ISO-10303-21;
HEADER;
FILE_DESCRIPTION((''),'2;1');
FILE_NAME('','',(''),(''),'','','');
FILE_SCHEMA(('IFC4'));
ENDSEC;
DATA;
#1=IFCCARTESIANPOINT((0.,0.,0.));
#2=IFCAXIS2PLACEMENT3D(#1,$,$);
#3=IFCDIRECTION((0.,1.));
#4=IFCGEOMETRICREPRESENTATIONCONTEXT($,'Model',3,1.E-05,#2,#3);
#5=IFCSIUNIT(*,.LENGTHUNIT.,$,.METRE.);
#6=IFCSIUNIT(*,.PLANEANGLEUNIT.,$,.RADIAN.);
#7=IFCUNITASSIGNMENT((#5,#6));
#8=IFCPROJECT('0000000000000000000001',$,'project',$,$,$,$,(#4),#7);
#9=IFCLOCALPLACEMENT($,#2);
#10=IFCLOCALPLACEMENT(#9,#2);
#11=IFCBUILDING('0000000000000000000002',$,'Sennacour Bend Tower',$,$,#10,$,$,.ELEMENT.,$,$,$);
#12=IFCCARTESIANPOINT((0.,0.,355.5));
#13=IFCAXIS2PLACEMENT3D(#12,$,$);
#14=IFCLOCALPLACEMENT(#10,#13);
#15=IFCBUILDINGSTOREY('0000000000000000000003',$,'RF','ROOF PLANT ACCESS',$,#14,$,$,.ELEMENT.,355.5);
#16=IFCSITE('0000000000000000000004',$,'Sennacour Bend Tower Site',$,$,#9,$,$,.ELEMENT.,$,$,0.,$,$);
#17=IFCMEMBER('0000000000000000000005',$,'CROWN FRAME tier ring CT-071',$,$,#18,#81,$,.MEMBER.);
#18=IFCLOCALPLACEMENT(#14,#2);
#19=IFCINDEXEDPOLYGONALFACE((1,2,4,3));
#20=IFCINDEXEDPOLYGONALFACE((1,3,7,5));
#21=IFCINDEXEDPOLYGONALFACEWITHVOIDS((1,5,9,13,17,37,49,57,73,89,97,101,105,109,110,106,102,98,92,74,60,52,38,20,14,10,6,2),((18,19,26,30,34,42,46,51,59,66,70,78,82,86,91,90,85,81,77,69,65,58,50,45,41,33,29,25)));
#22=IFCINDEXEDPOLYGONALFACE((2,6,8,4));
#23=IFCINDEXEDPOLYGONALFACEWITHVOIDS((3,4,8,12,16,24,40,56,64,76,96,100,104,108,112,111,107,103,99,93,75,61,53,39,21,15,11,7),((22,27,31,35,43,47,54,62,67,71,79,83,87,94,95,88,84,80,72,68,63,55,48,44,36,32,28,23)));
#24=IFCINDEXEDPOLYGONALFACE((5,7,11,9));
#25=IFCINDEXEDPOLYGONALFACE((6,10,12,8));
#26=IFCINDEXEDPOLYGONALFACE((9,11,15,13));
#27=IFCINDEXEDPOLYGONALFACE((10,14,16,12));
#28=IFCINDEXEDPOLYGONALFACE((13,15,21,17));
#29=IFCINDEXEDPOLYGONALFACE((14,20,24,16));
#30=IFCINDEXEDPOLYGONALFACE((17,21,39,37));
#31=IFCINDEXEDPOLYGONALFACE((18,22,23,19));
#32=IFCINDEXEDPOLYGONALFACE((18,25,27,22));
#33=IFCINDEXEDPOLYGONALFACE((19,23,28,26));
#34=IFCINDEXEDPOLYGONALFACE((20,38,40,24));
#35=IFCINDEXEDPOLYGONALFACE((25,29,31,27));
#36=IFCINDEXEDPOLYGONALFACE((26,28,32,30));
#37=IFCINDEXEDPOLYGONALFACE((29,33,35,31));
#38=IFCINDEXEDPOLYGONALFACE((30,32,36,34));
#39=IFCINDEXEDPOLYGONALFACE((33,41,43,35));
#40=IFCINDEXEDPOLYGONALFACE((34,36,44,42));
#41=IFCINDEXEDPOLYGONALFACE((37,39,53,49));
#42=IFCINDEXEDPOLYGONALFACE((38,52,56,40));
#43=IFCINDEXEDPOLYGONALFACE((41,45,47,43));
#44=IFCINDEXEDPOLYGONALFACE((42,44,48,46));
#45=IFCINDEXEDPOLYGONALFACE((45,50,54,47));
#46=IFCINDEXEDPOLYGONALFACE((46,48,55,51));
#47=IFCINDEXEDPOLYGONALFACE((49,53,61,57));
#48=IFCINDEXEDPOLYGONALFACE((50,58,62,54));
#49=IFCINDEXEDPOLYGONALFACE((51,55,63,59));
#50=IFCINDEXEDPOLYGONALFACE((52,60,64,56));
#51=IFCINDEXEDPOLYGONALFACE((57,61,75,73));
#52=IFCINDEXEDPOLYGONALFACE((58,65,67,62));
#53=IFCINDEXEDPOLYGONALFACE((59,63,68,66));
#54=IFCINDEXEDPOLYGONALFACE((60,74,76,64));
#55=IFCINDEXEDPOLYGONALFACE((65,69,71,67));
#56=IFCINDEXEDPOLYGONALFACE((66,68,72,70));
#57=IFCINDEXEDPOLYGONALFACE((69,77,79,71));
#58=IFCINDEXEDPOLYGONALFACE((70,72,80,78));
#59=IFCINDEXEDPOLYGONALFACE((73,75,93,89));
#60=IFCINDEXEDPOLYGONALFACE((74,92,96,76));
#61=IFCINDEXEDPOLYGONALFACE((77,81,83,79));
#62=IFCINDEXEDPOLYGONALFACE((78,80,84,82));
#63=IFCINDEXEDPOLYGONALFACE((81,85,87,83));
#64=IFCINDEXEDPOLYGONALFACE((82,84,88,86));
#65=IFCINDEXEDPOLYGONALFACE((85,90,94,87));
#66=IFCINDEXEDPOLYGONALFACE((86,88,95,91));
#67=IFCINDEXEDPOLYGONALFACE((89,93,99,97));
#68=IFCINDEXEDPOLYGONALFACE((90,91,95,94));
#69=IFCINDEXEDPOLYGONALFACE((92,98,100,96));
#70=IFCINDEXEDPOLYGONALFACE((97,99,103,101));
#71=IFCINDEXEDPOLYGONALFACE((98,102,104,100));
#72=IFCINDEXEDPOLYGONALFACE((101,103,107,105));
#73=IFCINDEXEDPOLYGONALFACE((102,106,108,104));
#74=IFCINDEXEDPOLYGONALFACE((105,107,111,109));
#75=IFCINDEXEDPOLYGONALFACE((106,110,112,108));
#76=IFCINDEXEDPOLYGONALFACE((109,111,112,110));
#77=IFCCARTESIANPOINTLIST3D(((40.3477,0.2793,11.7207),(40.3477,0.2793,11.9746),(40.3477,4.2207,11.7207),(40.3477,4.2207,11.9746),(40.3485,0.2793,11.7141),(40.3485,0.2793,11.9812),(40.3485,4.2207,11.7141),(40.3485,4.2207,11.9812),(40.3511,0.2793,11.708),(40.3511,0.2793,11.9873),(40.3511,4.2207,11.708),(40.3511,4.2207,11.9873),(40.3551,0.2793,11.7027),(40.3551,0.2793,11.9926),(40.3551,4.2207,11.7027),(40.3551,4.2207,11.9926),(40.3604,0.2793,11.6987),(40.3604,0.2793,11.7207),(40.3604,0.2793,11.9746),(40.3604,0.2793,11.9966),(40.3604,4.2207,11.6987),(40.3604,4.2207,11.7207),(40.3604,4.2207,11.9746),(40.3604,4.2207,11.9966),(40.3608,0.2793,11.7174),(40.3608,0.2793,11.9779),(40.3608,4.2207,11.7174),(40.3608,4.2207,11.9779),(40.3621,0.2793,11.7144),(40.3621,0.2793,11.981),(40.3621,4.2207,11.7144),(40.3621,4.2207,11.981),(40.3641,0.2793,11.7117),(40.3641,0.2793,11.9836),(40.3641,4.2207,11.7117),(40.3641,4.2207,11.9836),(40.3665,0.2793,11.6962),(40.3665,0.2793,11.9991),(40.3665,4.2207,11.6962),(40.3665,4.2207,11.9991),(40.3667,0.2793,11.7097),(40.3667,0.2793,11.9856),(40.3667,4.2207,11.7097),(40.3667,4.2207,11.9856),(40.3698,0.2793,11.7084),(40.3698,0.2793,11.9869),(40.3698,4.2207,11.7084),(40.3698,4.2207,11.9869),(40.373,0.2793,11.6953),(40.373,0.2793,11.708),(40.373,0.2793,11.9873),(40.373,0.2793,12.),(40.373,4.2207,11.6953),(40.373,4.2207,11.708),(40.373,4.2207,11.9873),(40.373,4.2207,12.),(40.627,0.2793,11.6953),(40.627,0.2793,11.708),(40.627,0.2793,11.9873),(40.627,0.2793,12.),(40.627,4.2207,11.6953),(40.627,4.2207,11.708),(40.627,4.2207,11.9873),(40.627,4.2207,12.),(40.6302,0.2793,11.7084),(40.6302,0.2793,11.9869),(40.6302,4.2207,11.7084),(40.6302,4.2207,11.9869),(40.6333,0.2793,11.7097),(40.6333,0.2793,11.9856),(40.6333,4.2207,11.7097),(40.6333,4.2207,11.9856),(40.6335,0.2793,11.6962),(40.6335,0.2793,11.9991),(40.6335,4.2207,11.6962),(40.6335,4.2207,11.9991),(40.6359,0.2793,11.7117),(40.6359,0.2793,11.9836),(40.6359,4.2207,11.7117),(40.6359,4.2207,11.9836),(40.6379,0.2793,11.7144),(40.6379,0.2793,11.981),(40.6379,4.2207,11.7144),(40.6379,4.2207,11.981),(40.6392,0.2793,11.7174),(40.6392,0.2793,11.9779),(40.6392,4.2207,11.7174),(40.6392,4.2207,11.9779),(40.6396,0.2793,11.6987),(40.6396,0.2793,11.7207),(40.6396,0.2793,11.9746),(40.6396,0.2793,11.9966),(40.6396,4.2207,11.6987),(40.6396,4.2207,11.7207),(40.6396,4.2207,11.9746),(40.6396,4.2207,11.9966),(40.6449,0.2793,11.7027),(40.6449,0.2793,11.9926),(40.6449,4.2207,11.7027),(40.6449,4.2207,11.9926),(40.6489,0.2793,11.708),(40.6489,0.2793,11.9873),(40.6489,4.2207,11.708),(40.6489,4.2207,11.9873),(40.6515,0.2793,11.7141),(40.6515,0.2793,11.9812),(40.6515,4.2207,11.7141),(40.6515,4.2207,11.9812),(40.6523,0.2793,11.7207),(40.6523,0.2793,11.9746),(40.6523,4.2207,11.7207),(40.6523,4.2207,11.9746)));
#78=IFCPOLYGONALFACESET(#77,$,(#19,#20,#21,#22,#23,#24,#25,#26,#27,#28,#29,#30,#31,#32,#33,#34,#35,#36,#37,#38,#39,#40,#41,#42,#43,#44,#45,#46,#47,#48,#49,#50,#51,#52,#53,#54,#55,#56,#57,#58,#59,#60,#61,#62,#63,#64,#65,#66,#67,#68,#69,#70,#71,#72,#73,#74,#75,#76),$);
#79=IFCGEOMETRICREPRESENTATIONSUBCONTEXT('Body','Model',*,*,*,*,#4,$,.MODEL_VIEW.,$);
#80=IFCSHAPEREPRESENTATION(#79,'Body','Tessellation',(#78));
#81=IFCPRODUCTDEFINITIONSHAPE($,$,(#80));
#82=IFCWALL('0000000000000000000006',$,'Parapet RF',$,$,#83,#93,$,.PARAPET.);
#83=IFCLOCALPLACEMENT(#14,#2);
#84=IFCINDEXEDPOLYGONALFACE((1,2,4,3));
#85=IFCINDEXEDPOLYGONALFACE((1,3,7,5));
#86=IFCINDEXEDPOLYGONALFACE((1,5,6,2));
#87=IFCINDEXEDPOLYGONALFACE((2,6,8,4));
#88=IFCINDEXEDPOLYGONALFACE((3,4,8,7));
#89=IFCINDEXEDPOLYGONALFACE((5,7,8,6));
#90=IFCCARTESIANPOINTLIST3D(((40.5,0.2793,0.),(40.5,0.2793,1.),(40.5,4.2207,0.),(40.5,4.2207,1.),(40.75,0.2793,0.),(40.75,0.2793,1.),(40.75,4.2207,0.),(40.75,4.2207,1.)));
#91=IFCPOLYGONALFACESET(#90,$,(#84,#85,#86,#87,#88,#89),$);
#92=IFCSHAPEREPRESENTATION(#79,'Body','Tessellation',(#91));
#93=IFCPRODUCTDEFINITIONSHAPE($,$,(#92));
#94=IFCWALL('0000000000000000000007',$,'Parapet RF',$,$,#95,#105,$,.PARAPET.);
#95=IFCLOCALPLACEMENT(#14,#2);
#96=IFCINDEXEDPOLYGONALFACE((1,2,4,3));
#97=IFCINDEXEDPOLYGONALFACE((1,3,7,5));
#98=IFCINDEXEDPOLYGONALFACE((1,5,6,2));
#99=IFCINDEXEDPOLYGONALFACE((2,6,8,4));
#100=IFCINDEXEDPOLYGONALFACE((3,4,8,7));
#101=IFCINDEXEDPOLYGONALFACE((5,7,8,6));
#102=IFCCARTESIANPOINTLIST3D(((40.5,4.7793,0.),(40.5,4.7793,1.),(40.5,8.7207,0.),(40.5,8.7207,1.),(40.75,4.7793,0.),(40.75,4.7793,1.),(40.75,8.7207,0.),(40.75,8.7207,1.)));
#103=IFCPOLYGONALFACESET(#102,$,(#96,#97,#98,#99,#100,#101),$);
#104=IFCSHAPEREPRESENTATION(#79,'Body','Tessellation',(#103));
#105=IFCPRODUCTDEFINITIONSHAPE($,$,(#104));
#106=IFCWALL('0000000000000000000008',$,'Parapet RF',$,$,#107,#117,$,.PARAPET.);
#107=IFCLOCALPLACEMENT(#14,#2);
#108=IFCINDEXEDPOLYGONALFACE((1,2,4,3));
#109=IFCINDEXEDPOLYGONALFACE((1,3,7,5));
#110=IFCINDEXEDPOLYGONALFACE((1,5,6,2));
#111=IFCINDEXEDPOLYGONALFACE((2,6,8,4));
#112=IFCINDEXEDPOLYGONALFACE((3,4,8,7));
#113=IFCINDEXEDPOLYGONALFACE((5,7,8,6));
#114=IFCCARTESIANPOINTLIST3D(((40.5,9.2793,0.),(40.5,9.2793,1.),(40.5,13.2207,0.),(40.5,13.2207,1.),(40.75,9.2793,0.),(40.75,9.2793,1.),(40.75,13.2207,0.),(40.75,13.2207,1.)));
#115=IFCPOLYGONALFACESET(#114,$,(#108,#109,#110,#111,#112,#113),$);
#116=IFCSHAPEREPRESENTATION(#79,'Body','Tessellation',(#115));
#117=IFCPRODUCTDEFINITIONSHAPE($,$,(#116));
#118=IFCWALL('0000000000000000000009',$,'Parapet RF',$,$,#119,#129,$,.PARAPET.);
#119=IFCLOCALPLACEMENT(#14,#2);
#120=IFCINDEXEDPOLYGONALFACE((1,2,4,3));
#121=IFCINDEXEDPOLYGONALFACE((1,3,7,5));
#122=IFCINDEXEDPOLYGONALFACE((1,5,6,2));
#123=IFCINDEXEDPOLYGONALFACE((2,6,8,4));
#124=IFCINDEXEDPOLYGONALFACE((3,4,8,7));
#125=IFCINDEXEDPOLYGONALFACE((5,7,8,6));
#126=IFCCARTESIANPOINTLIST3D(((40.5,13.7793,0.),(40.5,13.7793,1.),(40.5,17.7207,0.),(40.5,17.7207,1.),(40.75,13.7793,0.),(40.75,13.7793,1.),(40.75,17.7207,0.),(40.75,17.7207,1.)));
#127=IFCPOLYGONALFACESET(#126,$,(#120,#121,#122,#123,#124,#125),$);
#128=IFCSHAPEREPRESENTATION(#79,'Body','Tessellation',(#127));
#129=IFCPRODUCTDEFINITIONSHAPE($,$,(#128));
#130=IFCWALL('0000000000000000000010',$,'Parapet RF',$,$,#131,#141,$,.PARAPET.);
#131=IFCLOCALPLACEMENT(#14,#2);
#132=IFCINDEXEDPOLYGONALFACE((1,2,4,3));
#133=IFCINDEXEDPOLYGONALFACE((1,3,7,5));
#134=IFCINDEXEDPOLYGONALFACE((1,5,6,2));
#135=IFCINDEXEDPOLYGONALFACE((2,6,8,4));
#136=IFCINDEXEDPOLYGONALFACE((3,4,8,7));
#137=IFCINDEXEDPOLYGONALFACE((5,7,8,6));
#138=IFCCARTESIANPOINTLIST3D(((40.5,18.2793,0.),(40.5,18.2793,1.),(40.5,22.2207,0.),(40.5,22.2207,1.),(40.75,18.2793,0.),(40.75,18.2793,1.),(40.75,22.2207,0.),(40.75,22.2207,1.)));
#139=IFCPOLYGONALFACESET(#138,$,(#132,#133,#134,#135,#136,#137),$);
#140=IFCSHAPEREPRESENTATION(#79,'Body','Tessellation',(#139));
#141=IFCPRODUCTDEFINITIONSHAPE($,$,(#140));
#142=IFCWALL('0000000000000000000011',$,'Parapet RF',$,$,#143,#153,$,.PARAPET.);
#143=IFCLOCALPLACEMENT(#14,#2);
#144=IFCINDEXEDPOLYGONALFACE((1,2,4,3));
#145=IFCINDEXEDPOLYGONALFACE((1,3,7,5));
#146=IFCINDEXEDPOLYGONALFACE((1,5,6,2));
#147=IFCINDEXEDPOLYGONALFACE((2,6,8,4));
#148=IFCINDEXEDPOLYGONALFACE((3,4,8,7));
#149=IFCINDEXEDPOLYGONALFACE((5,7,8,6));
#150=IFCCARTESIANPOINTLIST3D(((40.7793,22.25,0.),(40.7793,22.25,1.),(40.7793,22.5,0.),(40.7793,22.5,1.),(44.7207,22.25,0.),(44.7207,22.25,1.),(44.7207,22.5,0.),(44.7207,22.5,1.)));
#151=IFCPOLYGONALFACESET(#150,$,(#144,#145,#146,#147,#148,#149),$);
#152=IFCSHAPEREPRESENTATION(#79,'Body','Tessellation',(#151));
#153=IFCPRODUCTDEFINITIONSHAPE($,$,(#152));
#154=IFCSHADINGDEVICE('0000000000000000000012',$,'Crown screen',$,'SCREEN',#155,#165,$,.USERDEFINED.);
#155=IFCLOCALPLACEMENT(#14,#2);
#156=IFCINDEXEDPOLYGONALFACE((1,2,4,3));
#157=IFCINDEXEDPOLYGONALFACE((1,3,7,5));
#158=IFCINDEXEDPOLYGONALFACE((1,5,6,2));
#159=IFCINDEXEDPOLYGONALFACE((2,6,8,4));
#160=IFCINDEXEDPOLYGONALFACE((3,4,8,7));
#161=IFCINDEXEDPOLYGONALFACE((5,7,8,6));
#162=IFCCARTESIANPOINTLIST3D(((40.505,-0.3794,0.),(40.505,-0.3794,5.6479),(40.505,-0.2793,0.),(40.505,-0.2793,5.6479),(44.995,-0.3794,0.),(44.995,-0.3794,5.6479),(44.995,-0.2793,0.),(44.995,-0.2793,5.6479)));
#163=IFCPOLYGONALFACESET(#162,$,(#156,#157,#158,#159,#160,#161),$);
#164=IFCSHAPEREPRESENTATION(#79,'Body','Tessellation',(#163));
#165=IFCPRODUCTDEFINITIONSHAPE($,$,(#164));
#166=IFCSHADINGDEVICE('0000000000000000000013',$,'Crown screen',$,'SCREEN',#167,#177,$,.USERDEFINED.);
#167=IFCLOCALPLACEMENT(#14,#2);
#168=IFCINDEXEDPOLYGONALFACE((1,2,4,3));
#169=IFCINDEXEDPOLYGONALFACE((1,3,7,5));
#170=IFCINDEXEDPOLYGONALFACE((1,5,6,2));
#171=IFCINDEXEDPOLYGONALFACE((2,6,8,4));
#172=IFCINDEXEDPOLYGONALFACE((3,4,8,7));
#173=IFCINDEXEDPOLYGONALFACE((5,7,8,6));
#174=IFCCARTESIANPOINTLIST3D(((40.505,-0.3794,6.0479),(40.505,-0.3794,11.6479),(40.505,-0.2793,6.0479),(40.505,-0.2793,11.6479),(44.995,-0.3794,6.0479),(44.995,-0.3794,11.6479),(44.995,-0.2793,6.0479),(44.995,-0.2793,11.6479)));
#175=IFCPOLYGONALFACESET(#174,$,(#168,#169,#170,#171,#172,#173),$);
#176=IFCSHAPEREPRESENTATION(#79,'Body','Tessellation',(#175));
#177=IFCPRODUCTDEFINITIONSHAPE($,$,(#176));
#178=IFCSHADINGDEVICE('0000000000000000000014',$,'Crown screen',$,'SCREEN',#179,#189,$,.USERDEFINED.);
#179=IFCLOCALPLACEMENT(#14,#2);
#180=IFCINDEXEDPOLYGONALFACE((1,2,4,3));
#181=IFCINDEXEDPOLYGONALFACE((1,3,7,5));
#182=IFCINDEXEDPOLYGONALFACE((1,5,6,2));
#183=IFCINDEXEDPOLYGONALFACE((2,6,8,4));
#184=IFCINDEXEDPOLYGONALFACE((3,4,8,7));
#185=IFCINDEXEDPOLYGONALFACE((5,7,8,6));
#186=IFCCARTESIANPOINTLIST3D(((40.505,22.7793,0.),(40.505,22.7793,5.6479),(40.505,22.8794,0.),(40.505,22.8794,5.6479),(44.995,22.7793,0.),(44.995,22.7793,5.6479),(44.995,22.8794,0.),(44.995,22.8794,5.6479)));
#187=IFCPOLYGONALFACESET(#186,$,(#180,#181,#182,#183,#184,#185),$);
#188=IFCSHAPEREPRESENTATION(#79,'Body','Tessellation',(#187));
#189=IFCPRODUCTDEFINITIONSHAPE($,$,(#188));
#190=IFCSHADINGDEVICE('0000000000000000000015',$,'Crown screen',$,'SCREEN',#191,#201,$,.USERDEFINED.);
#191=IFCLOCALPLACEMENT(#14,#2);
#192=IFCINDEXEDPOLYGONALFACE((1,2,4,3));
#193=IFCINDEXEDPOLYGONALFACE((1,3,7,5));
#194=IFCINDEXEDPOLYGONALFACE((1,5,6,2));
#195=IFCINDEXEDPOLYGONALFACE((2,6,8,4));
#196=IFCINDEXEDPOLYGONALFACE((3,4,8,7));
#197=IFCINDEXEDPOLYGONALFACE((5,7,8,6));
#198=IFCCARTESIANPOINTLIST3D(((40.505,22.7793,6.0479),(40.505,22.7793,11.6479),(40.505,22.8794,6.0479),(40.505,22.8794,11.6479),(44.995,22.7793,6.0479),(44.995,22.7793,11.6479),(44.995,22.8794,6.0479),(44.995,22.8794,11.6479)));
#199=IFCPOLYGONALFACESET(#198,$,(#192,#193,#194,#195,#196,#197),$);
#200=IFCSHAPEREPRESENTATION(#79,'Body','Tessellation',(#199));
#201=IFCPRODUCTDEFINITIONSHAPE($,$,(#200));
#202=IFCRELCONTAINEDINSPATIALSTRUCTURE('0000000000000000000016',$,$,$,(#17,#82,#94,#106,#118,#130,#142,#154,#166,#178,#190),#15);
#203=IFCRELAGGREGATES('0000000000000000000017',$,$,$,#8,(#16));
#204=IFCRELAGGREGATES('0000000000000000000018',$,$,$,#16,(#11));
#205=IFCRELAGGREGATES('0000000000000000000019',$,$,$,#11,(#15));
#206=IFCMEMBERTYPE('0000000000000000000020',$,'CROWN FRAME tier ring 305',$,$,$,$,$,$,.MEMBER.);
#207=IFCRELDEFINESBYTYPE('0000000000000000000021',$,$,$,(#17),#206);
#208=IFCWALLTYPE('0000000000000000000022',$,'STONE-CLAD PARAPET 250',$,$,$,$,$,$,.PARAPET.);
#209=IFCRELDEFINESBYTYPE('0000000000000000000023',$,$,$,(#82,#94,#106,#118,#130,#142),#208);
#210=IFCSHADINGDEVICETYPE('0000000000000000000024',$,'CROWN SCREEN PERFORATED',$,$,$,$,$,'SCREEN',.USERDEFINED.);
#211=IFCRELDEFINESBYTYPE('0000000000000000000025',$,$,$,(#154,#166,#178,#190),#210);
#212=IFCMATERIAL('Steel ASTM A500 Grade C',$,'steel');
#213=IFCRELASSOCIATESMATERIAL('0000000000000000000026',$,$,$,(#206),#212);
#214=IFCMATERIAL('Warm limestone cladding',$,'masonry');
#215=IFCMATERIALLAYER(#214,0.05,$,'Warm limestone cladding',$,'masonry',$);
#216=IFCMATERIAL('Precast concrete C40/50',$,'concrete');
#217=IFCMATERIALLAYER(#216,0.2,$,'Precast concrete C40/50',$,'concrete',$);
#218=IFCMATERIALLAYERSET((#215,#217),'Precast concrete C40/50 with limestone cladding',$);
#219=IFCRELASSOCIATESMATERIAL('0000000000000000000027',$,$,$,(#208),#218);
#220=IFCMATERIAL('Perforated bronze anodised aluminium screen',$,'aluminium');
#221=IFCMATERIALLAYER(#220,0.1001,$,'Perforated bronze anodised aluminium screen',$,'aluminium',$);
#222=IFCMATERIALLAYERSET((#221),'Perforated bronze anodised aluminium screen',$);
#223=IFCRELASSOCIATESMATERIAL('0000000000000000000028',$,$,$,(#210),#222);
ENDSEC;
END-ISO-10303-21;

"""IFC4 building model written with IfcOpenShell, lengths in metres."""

from ifc_helpers import new_model, si_unit, direction, frame, frame_2d, origin, origin_2d, place, context, subcontext, project, spatial, rectangle, hollow_rectangle, extrude, material, layer, layer_set, material_profile, profile_set, type_object, element, save


model = new_model("IFC4")

# Units and contexts
model_context = context("Model", 3, precision=1e-05, world=origin(), true_north=direction((0.0, 1.0)))
body_context = subcontext(model_context, "Body", "Model", "MODEL_VIEW")
ifc_project = project(units=[si_unit("LENGTHUNIT", "METRE"), si_unit("PLANEANGLEUNIT", "RADIAN")], contexts=[model_context])

# Site, building, storey
site_placement = place(None, origin())
site = spatial("IfcSite", under=ifc_project, at=site_placement, Name="Sennacour Bend Tower Site", CompositionType="ELEMENT", RefElevation=0.0)
building_placement = place(site_placement, origin())
building = spatial("IfcBuilding", under=site, at=building_placement, Name="Sennacour Bend Tower", CompositionType="ELEMENT")
storey_placement = place(building_placement, frame((0.0, 0.0, 355.5)))
storey = spatial("IfcBuildingStorey", under=building, at=storey_placement, Name="RF", Description="ROOF PLANT ACCESS", CompositionType="ELEMENT", Elevation=355.5)

# Member
ifc_material_1 = material(Name="Steel ASTM A500 Grade C", Category="steel")
ifc_material_profile_1 = material_profile(ifc_material_1, hollow_rectangle(XDim=0.3047, YDim=0.3047, WallThickness=0.0127, InnerFilletRadius=0.0127, OuterFilletRadius=0.0254, at=origin_2d()), Name="Steel ASTM A500 Grade C", Category="steel")
ifc_profile_set_1 = profile_set([ifc_material_profile_1], Name="Steel ASTM A500 Grade C")
member_type_1 = type_object("IfcMemberType", Name="CROWN FRAME tier ring 305", PredefinedType="MEMBER", material=ifc_profile_set_1)
for number, where, z_axis, x_axis, name in (
    (1, (40.5, 4.2207, 11.8477), (0.0, -1.0, 0.0), (1.0, 0.0, 0.0), "CROWN FRAME tier ring CT-071"),
):
    element("IfcMember", number, at=place(storey_placement, frame(where, z_axis=z_axis, x_axis=x_axis)), inside=storey, type_object=member_type_1, Name=name, PredefinedType="MEMBER", context=body_context, shape_type="SweptSolid", body=[
        extrude(hollow_rectangle(XDim=0.3047, YDim=0.3047, WallThickness=0.0127, InnerFilletRadius=0.0127, OuterFilletRadius=0.0254, at=origin_2d()), origin(), (0.0, 0.0, 1.0), 3.9414),
    ])

# Walls
ifc_material_2 = material(Name="Warm limestone cladding", Category="masonry")
ifc_layer_1 = layer(ifc_material_2, 0.05, Name="Warm limestone cladding", Category="masonry")
ifc_material_3 = material(Name="Precast concrete C40/50", Category="concrete")
ifc_layer_2 = layer(ifc_material_3, 0.2, Name="Precast concrete C40/50", Category="concrete")
ifc_layer_set_1 = layer_set([ifc_layer_1, ifc_layer_2], Name="Precast concrete C40/50 with limestone cladding")
wall_type = type_object("IfcWallType", Name="STONE-CLAD PARAPET 250", PredefinedType="PARAPET", material=ifc_layer_set_1)
for number, where, z_axis, x_axis, name in (
    (2, (40.625, 0.2793, 0.0), (0.0, 0.0, 1.0), (0.0, 1.0, 0.0), "Parapet RF"),
    (3, (40.625, 4.7793, 0.0), (0.0, 0.0, 1.0), (0.0, 1.0, 0.0), "Parapet RF"),
    (4, (40.625, 9.2793, 0.0), (0.0, 0.0, 1.0), (0.0, 1.0, 0.0), "Parapet RF"),
    (5, (40.625, 13.7793, 0.0), (0.0, 0.0, 1.0), (0.0, 1.0, 0.0), "Parapet RF"),
    (6, (40.625, 18.2793, 0.0), (0.0, 0.0, 1.0), (0.0, 1.0, 0.0), "Parapet RF"),
    (7, (40.7793, 22.375, 0.0), (0.0, 0.0, 1.0), (1.0, 0.0, 0.0), "Parapet RF"),
):
    element("IfcWall", number, at=place(storey_placement, frame(where, z_axis=z_axis, x_axis=x_axis)), inside=storey, type_object=wall_type, Name=name, PredefinedType="PARAPET", context=body_context, shape_type="SweptSolid", body=[
        extrude(rectangle(XDim=3.9414, YDim=0.25, at=frame_2d((1.9707, 0.0))), origin(), (0.0, 0.0, 1.0), 1.0),
    ])

# Shading devices
ifc_material_4 = material(Name="Perforated bronze anodised aluminium screen", Category="aluminium")
ifc_layer_3 = layer(ifc_material_4, 0.1001, Name="Perforated bronze anodised aluminium screen", Category="aluminium")
ifc_layer_set_2 = layer_set([ifc_layer_3], Name="Perforated bronze anodised aluminium screen")
shading_device_type = type_object("IfcShadingDeviceType", Name="CROWN SCREEN PERFORATED", ElementType="SCREEN", PredefinedType="USERDEFINED", material=ifc_layer_set_2)
shading_device_1_placement = place(storey_placement, frame((42.75, -0.3293, 0.0), z_axis=(0.0, 0.0, 1.0), x_axis=(1.0, 0.0, 0.0)))
element("IfcShadingDevice", 8, at=shading_device_1_placement, inside=storey, type_object=shading_device_type, Name="Crown screen", ObjectType="SCREEN", PredefinedType="USERDEFINED", context=body_context, shape_type="SweptSolid", body=[
    extrude(rectangle(XDim=4.49, YDim=0.1001, at=origin_2d()), origin(), (0.0, 0.0, 1.0), 5.6479),
])
shading_device_2_placement = place(storey_placement, frame((42.75, -0.3293, 6.0479), z_axis=(0.0, 0.0, 1.0), x_axis=(1.0, 0.0, 0.0)))
element("IfcShadingDevice", 9, at=shading_device_2_placement, inside=storey, type_object=shading_device_type, Name="Crown screen", ObjectType="SCREEN", PredefinedType="USERDEFINED", context=body_context, shape_type="SweptSolid", body=[
    extrude(rectangle(XDim=4.49, YDim=0.1001, at=origin_2d()), origin(), (0.0, 0.0, 1.0), 5.6001),
])
shading_device_3_placement = place(storey_placement, frame((42.75, 22.8293, 0.0), z_axis=(0.0, 0.0, 1.0), x_axis=(1.0, 0.0, 0.0)))
element("IfcShadingDevice", 10, at=shading_device_3_placement, inside=storey, type_object=shading_device_type, Name="Crown screen", ObjectType="SCREEN", PredefinedType="USERDEFINED", context=body_context, shape_type="SweptSolid", body=[
    extrude(rectangle(XDim=4.49, YDim=0.1001, at=origin_2d()), origin(), (0.0, 0.0, 1.0), 5.6479),
])
shading_device_4_placement = place(storey_placement, frame((42.75, 22.8293, 6.0479), z_axis=(0.0, 0.0, 1.0), x_axis=(1.0, 0.0, 0.0)))
element("IfcShadingDevice", 11, at=shading_device_4_placement, inside=storey, type_object=shading_device_type, Name="Crown screen", ObjectType="SCREEN", PredefinedType="USERDEFINED", context=body_context, shape_type="SweptSolid", body=[
    extrude(rectangle(XDim=4.49, YDim=0.1001, at=origin_2d()), origin(), (0.0, 0.0, 1.0), 5.6001),
])

save(model, "model.ifc")
